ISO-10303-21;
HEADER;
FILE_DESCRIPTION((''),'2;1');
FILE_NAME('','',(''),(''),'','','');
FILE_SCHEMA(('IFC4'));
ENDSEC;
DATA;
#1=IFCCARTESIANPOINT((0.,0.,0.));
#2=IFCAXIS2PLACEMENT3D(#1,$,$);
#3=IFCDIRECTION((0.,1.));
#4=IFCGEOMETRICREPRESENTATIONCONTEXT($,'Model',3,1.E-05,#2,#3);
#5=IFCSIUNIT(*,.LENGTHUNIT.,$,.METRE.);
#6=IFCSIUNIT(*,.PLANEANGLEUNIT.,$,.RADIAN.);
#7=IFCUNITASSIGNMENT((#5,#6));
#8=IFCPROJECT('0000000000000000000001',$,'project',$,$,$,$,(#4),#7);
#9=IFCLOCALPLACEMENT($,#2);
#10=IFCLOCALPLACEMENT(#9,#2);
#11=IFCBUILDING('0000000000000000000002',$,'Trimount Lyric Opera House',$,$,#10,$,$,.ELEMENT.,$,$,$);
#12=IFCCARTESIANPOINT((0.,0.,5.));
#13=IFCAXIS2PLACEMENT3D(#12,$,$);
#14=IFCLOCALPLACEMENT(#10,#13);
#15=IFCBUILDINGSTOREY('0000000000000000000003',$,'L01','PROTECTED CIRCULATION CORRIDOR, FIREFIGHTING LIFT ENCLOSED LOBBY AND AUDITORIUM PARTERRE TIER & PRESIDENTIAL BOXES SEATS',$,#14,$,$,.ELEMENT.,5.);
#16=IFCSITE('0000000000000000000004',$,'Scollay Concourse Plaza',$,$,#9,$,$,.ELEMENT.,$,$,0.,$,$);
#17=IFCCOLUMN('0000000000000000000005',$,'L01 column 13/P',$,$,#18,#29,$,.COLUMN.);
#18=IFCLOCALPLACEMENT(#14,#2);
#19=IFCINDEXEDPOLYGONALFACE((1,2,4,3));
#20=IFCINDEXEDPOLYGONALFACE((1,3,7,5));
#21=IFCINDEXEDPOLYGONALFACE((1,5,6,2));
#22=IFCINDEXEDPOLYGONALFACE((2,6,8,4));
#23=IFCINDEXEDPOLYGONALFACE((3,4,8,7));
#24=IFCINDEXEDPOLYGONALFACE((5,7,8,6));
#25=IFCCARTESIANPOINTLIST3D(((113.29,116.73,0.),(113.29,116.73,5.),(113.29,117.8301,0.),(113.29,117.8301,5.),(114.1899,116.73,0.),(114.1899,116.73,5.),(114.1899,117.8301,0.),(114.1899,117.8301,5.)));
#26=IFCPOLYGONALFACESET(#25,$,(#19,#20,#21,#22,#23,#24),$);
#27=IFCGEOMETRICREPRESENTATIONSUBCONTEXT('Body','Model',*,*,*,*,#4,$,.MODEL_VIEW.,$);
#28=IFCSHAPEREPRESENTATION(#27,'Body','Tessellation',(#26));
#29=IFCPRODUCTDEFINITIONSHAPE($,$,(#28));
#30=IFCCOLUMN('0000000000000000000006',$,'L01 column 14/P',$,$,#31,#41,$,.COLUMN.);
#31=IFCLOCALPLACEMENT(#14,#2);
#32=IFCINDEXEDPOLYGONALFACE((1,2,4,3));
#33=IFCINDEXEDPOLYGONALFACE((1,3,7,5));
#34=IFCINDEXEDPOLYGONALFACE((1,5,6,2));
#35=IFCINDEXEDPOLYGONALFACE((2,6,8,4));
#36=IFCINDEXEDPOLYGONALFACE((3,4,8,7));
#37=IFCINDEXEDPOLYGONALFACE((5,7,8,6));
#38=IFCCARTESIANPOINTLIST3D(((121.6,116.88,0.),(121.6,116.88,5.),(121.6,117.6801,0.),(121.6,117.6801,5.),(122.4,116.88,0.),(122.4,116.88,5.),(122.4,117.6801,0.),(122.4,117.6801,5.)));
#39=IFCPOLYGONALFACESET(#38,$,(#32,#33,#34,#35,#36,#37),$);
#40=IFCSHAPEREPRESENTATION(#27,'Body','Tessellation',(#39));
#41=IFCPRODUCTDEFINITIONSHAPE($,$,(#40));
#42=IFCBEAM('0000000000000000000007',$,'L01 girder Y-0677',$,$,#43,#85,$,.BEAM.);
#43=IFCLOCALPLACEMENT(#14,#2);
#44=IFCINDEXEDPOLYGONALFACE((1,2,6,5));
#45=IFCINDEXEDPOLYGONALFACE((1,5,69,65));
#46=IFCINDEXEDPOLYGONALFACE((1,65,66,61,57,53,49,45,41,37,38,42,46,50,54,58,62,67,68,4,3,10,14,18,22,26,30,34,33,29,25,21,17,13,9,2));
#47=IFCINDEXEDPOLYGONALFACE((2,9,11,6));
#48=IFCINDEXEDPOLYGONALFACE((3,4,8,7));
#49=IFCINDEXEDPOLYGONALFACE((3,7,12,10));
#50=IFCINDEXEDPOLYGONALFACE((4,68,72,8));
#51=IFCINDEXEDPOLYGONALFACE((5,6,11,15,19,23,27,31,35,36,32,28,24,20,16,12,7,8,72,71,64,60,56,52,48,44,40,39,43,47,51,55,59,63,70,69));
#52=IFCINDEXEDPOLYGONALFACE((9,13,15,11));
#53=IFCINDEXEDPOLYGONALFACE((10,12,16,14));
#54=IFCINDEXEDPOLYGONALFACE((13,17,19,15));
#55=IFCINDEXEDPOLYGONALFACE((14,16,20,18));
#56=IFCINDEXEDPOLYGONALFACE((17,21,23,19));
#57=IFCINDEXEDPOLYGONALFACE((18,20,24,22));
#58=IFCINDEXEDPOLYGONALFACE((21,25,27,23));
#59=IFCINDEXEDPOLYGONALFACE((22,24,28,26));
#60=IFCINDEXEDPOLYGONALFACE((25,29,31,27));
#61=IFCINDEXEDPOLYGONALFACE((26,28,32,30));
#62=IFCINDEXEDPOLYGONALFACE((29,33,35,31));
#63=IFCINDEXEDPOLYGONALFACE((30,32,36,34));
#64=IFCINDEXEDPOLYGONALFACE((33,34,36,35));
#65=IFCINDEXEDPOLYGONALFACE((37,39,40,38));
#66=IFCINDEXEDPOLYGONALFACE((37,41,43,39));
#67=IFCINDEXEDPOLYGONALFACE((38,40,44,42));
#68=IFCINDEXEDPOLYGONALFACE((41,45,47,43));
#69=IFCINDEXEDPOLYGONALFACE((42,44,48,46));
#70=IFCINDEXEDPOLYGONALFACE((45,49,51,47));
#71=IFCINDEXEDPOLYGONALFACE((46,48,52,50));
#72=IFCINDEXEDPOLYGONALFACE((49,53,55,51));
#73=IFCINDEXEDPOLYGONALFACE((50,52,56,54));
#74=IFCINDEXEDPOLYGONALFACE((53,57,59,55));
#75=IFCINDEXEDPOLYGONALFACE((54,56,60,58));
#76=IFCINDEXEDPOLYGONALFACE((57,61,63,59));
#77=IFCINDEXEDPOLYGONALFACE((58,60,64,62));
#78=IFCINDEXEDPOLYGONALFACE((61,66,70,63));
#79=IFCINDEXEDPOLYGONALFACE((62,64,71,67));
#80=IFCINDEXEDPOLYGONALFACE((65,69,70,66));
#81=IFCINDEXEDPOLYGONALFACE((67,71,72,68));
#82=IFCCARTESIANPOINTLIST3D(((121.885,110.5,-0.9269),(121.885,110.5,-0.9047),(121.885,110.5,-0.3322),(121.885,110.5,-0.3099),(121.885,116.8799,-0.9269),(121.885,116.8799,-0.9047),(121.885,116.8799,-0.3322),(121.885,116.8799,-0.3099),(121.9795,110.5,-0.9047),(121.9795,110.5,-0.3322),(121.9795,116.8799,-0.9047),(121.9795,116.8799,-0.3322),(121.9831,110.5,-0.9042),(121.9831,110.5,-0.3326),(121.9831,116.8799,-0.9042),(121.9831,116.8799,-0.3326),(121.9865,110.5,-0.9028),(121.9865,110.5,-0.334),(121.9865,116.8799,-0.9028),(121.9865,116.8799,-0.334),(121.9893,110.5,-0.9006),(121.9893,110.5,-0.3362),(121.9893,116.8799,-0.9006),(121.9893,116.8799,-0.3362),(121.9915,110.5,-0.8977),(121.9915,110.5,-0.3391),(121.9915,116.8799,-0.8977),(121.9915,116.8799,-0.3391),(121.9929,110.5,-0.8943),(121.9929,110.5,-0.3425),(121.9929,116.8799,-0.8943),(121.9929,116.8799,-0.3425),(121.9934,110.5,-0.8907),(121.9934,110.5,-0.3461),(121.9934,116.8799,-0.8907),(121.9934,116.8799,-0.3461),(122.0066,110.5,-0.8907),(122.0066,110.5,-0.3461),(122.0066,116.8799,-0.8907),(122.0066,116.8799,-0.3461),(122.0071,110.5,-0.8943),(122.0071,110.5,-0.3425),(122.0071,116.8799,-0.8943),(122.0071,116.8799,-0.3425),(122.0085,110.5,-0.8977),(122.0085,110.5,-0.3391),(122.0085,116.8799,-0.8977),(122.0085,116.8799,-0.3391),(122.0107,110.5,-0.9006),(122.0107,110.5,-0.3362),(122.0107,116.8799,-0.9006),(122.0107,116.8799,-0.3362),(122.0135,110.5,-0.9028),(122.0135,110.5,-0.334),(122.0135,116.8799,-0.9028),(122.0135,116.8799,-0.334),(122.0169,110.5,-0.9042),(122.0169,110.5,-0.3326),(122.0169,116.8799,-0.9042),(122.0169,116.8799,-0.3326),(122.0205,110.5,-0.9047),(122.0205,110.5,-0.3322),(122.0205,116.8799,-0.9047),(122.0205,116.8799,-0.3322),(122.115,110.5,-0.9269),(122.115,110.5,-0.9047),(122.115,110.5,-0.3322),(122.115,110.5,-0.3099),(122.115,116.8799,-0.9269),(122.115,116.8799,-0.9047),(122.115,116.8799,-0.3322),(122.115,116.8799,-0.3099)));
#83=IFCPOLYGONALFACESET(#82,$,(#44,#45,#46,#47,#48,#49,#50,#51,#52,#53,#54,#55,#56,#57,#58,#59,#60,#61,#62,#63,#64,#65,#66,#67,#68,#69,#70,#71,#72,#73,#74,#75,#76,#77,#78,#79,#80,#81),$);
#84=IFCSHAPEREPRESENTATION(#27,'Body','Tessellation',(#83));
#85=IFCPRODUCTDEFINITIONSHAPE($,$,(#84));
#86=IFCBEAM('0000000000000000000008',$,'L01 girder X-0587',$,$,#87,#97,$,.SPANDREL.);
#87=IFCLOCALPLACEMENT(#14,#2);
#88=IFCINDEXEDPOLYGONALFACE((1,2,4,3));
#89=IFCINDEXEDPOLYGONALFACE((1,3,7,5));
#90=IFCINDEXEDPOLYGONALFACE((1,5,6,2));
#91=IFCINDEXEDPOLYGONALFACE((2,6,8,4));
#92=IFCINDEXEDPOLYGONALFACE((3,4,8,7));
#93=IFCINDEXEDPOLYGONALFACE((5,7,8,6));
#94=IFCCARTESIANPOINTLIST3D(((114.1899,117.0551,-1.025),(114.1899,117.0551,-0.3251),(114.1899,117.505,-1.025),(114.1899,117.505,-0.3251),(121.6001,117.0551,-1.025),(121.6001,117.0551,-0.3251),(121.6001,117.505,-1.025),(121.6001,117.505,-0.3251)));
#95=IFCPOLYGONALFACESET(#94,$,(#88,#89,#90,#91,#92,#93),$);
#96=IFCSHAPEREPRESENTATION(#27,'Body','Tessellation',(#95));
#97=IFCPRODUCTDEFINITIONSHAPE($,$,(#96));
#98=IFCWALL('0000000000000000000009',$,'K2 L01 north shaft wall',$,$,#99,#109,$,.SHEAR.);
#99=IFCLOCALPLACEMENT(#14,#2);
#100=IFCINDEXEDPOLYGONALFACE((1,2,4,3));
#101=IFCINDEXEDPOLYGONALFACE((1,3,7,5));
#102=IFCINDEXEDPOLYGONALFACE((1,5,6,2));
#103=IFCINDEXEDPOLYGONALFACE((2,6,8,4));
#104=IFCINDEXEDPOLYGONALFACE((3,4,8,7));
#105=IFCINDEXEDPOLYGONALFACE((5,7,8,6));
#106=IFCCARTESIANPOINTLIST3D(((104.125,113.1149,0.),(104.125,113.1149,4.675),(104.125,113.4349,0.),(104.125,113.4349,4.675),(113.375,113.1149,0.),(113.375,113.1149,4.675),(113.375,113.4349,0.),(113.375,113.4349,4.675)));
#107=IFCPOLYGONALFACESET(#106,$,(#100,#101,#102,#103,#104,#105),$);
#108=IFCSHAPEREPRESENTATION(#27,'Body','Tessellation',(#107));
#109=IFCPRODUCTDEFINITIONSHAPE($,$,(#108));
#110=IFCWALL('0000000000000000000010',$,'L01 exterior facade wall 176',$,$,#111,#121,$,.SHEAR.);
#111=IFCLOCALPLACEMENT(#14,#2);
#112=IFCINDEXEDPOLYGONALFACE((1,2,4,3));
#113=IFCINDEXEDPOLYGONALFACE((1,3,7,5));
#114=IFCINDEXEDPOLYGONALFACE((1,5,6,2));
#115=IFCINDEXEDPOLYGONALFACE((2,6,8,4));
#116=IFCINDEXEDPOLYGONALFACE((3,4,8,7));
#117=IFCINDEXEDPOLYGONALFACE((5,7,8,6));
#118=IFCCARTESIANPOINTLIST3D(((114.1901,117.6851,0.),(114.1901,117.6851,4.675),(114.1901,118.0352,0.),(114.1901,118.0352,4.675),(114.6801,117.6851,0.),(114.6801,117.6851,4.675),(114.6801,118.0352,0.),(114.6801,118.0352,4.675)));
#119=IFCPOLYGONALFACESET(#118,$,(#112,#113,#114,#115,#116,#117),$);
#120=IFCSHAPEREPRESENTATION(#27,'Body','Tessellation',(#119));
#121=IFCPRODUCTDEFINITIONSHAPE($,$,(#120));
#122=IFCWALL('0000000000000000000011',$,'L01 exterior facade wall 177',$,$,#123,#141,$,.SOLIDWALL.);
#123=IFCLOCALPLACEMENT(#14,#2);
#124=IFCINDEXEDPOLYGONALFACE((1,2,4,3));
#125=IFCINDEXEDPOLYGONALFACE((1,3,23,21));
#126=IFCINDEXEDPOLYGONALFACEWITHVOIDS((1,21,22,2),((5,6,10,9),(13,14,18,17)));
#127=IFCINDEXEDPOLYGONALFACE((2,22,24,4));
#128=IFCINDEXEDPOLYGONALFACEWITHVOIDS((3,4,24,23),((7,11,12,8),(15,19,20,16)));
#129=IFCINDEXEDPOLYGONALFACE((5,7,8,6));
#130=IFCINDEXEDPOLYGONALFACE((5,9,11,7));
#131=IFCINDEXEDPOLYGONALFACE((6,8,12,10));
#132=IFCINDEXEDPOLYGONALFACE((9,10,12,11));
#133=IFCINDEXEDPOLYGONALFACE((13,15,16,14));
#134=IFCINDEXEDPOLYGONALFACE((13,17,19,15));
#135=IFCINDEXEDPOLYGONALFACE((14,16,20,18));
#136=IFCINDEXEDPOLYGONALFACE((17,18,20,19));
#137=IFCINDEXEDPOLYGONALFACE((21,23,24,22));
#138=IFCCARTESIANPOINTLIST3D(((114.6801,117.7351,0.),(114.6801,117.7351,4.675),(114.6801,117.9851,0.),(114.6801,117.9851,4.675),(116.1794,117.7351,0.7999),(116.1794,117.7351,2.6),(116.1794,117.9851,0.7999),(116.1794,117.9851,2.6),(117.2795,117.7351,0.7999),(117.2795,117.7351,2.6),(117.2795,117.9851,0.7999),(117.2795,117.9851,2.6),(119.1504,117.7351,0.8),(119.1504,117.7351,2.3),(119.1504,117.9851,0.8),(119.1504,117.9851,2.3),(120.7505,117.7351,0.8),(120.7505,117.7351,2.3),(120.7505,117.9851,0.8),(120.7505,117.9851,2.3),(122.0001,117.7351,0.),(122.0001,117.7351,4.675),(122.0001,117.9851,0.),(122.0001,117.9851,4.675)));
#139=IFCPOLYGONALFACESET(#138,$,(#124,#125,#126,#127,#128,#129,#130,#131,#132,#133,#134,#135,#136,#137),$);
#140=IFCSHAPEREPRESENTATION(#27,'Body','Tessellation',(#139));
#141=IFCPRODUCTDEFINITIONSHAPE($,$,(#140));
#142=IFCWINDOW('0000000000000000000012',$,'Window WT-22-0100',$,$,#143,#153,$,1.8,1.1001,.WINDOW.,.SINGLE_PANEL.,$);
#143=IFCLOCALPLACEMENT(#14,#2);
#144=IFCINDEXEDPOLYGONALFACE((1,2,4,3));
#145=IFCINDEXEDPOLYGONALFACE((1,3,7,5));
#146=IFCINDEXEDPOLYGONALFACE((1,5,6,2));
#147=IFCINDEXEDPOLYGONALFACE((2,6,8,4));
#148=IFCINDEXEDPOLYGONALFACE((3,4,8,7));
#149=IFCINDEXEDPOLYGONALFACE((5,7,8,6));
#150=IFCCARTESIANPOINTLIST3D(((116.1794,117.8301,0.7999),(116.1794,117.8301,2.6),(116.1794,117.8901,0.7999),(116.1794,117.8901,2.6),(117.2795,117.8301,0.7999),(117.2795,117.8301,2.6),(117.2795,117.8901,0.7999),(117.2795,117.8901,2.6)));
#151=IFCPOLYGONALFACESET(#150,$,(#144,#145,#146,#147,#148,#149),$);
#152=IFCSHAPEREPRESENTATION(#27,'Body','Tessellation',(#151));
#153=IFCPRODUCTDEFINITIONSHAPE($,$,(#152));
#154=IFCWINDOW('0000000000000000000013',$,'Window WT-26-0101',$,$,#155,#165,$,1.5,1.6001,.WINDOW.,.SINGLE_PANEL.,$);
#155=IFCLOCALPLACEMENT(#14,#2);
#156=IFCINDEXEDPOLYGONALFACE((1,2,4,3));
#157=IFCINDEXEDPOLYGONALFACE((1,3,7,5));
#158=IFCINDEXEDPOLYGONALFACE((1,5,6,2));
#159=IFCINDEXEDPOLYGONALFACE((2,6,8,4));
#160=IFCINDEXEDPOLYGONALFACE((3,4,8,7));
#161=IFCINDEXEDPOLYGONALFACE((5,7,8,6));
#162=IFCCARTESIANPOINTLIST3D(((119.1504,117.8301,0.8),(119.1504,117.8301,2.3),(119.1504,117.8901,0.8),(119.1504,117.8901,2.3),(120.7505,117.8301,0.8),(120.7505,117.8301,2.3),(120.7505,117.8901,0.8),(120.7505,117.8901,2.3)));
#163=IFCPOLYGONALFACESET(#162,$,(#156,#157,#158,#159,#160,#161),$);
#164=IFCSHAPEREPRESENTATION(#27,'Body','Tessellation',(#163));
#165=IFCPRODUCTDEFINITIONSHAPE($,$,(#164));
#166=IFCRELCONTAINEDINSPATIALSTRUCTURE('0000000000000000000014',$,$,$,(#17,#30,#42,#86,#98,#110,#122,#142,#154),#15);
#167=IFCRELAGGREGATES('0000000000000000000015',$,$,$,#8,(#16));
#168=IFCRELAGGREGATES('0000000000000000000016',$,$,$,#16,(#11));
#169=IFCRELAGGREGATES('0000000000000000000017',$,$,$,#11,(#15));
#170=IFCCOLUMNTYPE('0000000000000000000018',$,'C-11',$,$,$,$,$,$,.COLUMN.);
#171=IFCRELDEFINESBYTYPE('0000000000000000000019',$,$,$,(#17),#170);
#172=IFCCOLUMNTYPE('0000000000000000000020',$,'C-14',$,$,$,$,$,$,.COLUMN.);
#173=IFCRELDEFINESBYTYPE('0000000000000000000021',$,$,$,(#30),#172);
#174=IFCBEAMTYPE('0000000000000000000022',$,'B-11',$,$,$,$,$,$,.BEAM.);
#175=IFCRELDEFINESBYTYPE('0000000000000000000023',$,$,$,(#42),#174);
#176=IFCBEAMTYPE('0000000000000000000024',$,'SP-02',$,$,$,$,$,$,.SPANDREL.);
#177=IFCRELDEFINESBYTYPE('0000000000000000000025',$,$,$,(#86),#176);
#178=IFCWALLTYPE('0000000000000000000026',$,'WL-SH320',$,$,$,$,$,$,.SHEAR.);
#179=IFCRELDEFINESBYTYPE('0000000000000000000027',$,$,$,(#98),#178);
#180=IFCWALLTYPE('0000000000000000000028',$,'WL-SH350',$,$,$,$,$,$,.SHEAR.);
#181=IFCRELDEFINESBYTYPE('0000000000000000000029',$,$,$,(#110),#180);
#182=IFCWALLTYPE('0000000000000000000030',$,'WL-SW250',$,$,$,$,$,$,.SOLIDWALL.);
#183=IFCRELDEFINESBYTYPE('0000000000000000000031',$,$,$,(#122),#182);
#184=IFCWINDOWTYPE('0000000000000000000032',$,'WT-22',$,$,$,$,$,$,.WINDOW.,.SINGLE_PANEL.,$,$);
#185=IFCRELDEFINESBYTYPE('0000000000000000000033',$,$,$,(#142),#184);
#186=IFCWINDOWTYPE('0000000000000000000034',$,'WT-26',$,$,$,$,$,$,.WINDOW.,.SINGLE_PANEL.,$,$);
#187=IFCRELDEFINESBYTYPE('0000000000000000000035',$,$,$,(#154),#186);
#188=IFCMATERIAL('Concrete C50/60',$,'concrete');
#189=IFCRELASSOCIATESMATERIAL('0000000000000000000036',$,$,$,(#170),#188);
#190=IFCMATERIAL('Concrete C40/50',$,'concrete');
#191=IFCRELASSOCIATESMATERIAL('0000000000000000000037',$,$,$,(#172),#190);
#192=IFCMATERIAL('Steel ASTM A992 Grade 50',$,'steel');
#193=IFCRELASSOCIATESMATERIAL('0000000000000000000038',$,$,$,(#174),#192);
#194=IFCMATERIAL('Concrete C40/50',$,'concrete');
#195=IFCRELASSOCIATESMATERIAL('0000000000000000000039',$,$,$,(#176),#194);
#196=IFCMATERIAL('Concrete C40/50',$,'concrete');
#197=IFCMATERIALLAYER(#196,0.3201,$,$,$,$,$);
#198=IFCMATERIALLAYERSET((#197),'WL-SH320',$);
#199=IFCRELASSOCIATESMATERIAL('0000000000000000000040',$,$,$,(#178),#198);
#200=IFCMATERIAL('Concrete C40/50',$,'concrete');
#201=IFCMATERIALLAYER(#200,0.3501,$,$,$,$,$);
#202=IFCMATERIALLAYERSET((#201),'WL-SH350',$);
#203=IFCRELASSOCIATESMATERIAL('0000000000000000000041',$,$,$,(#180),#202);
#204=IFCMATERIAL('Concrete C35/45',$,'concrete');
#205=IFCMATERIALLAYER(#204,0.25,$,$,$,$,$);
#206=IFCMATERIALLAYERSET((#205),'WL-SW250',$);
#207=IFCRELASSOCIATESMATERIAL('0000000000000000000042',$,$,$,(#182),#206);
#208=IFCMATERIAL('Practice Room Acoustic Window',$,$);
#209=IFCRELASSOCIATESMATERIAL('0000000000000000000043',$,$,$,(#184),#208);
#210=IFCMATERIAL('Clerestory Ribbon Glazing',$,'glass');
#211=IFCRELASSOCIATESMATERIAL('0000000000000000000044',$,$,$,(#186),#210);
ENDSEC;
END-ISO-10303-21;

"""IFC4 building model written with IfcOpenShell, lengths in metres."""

from ifc_helpers import new_model, si_unit, direction, frame, frame_2d, origin, origin_2d, place, context, subcontext, project, spatial, rectangle, i_section, extrude, material, layer, layer_set, material_profile, profile_set, type_object, element, fill, save


model = new_model("IFC4")

# Units and contexts
model_context = context("Model", 3, precision=1e-05, world=origin(), true_north=direction((0.0, 1.0)))
body_context = subcontext(model_context, "Body", "Model", "MODEL_VIEW")
ifc_project = project(units=[si_unit("LENGTHUNIT", "METRE"), si_unit("PLANEANGLEUNIT", "RADIAN")], contexts=[model_context])

# Site, building, storey
site_placement = place(None, origin())
site = spatial("IfcSite", under=ifc_project, at=site_placement, Name="Scollay Concourse Plaza", CompositionType="ELEMENT", RefElevation=0.0)
building_placement = place(site_placement, origin())
building = spatial("IfcBuilding", under=site, at=building_placement, Name="Trimount Lyric Opera House", CompositionType="ELEMENT")
storey_placement = place(building_placement, frame((0.0, 0.0, 5.0)))
storey = spatial("IfcBuildingStorey", under=building, at=storey_placement, Name="L01", Description="PROTECTED CIRCULATION CORRIDOR, FIREFIGHTING LIFT ENCLOSED LOBBY AND AUDITORIUM PARTERRE TIER & PRESIDENTIAL BOXES SEATS", CompositionType="ELEMENT", Elevation=5.0)

# Columns
ifc_material_1 = material(Name="Concrete C50/60", Category="concrete")
ifc_material_profile_1 = material_profile(ifc_material_1, rectangle(XDim=0.8999, YDim=1.1001, at=origin_2d()), Name="RC1100X900")
ifc_profile_set_1 = profile_set([ifc_material_profile_1], Name="Concrete C50/60")
column_type_1 = type_object("IfcColumnType", Name="C-11", PredefinedType="COLUMN", material=ifc_profile_set_1)
column_1_placement = place(storey_placement, frame((113.74, 117.28, 0.0), z_axis=(0.0, 0.0, 1.0), x_axis=(1.0, 0.0, 0.0)))
element("IfcColumn", 1, at=column_1_placement, inside=storey, type_object=column_type_1, Name="L01 column 13/P", PredefinedType="COLUMN", context=body_context, shape_type="SweptSolid", body=[
    extrude(rectangle(XDim=0.8999, YDim=1.1001, at=origin_2d()), origin(), (0.0, 0.0, 1.0), 5.0),
])
ifc_material_2 = material(Name="Concrete C40/50", Category="concrete")
ifc_material_profile_2 = material_profile(ifc_material_2, rectangle(XDim=0.8, YDim=0.8, at=origin_2d()), Name="RC800X800")
ifc_profile_set_2 = profile_set([ifc_material_profile_2], Name="Concrete C40/50")
column_type_2 = type_object("IfcColumnType", Name="C-14", PredefinedType="COLUMN", material=ifc_profile_set_2)
column_2_placement = place(storey_placement, frame((122.0, 117.28, 0.0), z_axis=(0.0, 0.0, 1.0), x_axis=(1.0, 0.0, 0.0)))
element("IfcColumn", 2, at=column_2_placement, inside=storey, type_object=column_type_2, Name="L01 column 14/P", PredefinedType="COLUMN", context=body_context, shape_type="SweptSolid", body=[
    extrude(rectangle(XDim=0.8, YDim=0.8, at=origin_2d()), origin(), (0.0, 0.0, 1.0), 5.0),
])

# Beams
ifc_material_3 = material(Name="Steel ASTM A992 Grade 50", Category="steel")
ifc_material_profile_3 = material_profile(ifc_material_3, i_section(OverallWidth=0.23, OverallDepth=0.6169, WebThickness=0.0132, FlangeThickness=0.0222, FilletRadius=0.0139, at=origin_2d()), Name="W24X94")
ifc_profile_set_3 = profile_set([ifc_material_profile_3], Name="Steel ASTM A992 Grade 50")
beam_type_1 = type_object("IfcBeamType", Name="B-11", PredefinedType="BEAM", material=ifc_profile_set_3)
beam_1_placement = place(storey_placement, frame((122.0, 110.5, -0.6184), z_axis=(0.0, 1.0, 0.0), x_axis=(-1.0, 0.0, 0.0)))
element("IfcBeam", 3, at=beam_1_placement, inside=storey, type_object=beam_type_1, Name="L01 girder Y-0677", PredefinedType="BEAM", context=body_context, shape_type="SweptSolid", body=[
    extrude(i_section(OverallWidth=0.23, OverallDepth=0.6169, WebThickness=0.0132, FlangeThickness=0.0222, FilletRadius=0.0139, at=origin_2d()), origin(), (0.0, 0.0, 1.0), 6.3799),
])
ifc_material_4 = material(Name="Concrete C40/50", Category="concrete")
ifc_material_profile_4 = material_profile(ifc_material_4, rectangle(XDim=0.45, YDim=0.7, at=origin_2d()), Name="RC450X700")
ifc_profile_set_4 = profile_set([ifc_material_profile_4], Name="Concrete C40/50")
beam_type_2 = type_object("IfcBeamType", Name="SP-02", PredefinedType="SPANDREL", material=ifc_profile_set_4)
beam_2_placement = place(storey_placement, frame((114.1899, 117.28, -0.675), z_axis=(1.0, 0.0, 0.0), x_axis=(0.0, 1.0, 0.0)))
element("IfcBeam", 4, at=beam_2_placement, inside=storey, type_object=beam_type_2, Name="L01 girder X-0587", PredefinedType="SPANDREL", context=body_context, shape_type="SweptSolid", body=[
    extrude(rectangle(XDim=0.45, YDim=0.7, at=origin_2d()), origin(), (0.0, 0.0, 1.0), 7.4102),
])

# Walls
ifc_material_5 = material(Name="Concrete C40/50", Category="concrete")
ifc_layer_1 = layer(ifc_material_5, 0.3201)
ifc_layer_set_1 = layer_set([ifc_layer_1], Name="WL-SH320")
wall_type_1 = type_object("IfcWallType", Name="WL-SH320", PredefinedType="SHEAR", material=ifc_layer_set_1)
wall_1_placement = place(storey_placement, frame((113.375, 113.2749, 0.0), z_axis=(0.0, 0.0, 1.0), x_axis=(-1.0, 0.0, 0.0)))
element("IfcWall", 5, at=wall_1_placement, inside=storey, type_object=wall_type_1, Name="K2 L01 north shaft wall", PredefinedType="SHEAR", context=body_context, shape_type="SweptSolid", body=[
    extrude(rectangle(XDim=9.25, YDim=0.3201, at=frame_2d((4.625, 0.0))), origin(), (0.0, 0.0, 1.0), 4.675),
])
ifc_material_6 = material(Name="Concrete C40/50", Category="concrete")
ifc_layer_2 = layer(ifc_material_6, 0.3501)
ifc_layer_set_2 = layer_set([ifc_layer_2], Name="WL-SH350")
wall_type_2 = type_object("IfcWallType", Name="WL-SH350", PredefinedType="SHEAR", material=ifc_layer_set_2)
wall_2_placement = place(storey_placement, frame((114.1899, 117.8601, 0.0), z_axis=(0.0, 0.0, 1.0), x_axis=(1.0, 0.0, 0.0)))
element("IfcWall", 6, at=wall_2_placement, inside=storey, type_object=wall_type_2, Name="L01 exterior facade wall 176", PredefinedType="SHEAR", context=body_context, shape_type="SweptSolid", body=[
    extrude(rectangle(XDim=0.49, YDim=0.3501, at=frame_2d((0.2451, 0.0))), origin(), (0.0, 0.0, 1.0), 4.675),
])

# Wall, openings, windows
ifc_material_7 = material(Name="Concrete C35/45", Category="concrete")
ifc_layer_3 = layer(ifc_material_7, 0.25)
ifc_layer_set_3 = layer_set([ifc_layer_3], Name="WL-SW250")
wall_type_3 = type_object("IfcWallType", Name="WL-SW250", PredefinedType="SOLIDWALL", material=ifc_layer_set_3)
wall_3_placement = place(storey_placement, frame((114.6799, 117.8601, 0.0), z_axis=(0.0, 0.0, 1.0), x_axis=(1.0, 0.0, 0.0)))
wall_3 = element("IfcWall", 7, at=wall_3_placement, inside=storey, type_object=wall_type_3, Name="L01 exterior facade wall 177", PredefinedType="SOLIDWALL", context=body_context, shape_type="SweptSolid", body=[
    extrude(rectangle(XDim=7.3201, YDim=0.25, at=frame_2d((3.6602, 0.0))), origin(), (0.0, 0.0, 1.0), 4.675),
])
opening_1_placement = place(wall_3_placement, frame((1.4995, 0.0, 0.8)))
opening_1 = element("IfcOpeningElement", 8, at=opening_1_placement, cuts=wall_3, PredefinedType="OPENING", context=body_context, shape_type="SweptSolid", body=[
    extrude(rectangle(XDim=1.1001, YDim=1.8, at=frame_2d((0.55, 0.8999))), frame((0.0, 0.135, 0.0), z_axis=(0.0, -1.0, 0.0), x_axis=(1.0, 0.0, 0.0)), (0.0, 0.0, 1.0), 0.27),
])
opening_2_placement = place(wall_3_placement, frame((4.4705, 0.0, 0.8)))
opening_2 = element("IfcOpeningElement", 9, at=opening_2_placement, cuts=wall_3, PredefinedType="OPENING", context=body_context, shape_type="SweptSolid", body=[
    extrude(rectangle(XDim=1.6001, YDim=1.5, at=frame_2d((0.8, 0.75))), frame((0.0, 0.135, 0.0), z_axis=(0.0, -1.0, 0.0), x_axis=(1.0, 0.0, 0.0)), (0.0, 0.0, 1.0), 0.27),
])
ifc_material_8 = material(Name="Practice Room Acoustic Window")
window_type_1 = type_object("IfcWindowType", Name="WT-22", PartitioningType="SINGLE_PANEL", PredefinedType="WINDOW", material=ifc_material_8)
window_1_placement = place(opening_1_placement, origin())
window_1 = element("IfcWindow", 10, at=window_1_placement, inside=storey, type_object=window_type_1, Name="Window WT-22-0100", OverallHeight=1.8, OverallWidth=1.1001, PartitioningType="SINGLE_PANEL", PredefinedType="WINDOW", context=body_context, shape_type="SweptSolid", body=[
    extrude(rectangle(XDim=1.1001, YDim=1.8, at=frame_2d((0.55, 0.8999))), frame((0.0, 0.03, 0.0), z_axis=(0.0, -1.0, 0.0), x_axis=(1.0, 0.0, 0.0)), (0.0, 0.0, 1.0), 0.0601),
])
fill(opening_1, window_1)
ifc_material_9 = material(Name="Clerestory Ribbon Glazing", Category="glass")
window_type_2 = type_object("IfcWindowType", Name="WT-26", PartitioningType="SINGLE_PANEL", PredefinedType="WINDOW", material=ifc_material_9)
window_2_placement = place(opening_2_placement, origin())
window_2 = element("IfcWindow", 11, at=window_2_placement, inside=storey, type_object=window_type_2, Name="Window WT-26-0101", OverallHeight=1.5, OverallWidth=1.6001, PartitioningType="SINGLE_PANEL", PredefinedType="WINDOW", context=body_context, shape_type="SweptSolid", body=[
    extrude(rectangle(XDim=1.6001, YDim=1.5, at=frame_2d((0.8, 0.75))), frame((0.0, 0.03, 0.0), z_axis=(0.0, -1.0, 0.0), x_axis=(1.0, 0.0, 0.0)), (0.0, 0.0, 1.0), 0.0601),
])
fill(opening_2, window_2)

save(model, "model.ifc")
